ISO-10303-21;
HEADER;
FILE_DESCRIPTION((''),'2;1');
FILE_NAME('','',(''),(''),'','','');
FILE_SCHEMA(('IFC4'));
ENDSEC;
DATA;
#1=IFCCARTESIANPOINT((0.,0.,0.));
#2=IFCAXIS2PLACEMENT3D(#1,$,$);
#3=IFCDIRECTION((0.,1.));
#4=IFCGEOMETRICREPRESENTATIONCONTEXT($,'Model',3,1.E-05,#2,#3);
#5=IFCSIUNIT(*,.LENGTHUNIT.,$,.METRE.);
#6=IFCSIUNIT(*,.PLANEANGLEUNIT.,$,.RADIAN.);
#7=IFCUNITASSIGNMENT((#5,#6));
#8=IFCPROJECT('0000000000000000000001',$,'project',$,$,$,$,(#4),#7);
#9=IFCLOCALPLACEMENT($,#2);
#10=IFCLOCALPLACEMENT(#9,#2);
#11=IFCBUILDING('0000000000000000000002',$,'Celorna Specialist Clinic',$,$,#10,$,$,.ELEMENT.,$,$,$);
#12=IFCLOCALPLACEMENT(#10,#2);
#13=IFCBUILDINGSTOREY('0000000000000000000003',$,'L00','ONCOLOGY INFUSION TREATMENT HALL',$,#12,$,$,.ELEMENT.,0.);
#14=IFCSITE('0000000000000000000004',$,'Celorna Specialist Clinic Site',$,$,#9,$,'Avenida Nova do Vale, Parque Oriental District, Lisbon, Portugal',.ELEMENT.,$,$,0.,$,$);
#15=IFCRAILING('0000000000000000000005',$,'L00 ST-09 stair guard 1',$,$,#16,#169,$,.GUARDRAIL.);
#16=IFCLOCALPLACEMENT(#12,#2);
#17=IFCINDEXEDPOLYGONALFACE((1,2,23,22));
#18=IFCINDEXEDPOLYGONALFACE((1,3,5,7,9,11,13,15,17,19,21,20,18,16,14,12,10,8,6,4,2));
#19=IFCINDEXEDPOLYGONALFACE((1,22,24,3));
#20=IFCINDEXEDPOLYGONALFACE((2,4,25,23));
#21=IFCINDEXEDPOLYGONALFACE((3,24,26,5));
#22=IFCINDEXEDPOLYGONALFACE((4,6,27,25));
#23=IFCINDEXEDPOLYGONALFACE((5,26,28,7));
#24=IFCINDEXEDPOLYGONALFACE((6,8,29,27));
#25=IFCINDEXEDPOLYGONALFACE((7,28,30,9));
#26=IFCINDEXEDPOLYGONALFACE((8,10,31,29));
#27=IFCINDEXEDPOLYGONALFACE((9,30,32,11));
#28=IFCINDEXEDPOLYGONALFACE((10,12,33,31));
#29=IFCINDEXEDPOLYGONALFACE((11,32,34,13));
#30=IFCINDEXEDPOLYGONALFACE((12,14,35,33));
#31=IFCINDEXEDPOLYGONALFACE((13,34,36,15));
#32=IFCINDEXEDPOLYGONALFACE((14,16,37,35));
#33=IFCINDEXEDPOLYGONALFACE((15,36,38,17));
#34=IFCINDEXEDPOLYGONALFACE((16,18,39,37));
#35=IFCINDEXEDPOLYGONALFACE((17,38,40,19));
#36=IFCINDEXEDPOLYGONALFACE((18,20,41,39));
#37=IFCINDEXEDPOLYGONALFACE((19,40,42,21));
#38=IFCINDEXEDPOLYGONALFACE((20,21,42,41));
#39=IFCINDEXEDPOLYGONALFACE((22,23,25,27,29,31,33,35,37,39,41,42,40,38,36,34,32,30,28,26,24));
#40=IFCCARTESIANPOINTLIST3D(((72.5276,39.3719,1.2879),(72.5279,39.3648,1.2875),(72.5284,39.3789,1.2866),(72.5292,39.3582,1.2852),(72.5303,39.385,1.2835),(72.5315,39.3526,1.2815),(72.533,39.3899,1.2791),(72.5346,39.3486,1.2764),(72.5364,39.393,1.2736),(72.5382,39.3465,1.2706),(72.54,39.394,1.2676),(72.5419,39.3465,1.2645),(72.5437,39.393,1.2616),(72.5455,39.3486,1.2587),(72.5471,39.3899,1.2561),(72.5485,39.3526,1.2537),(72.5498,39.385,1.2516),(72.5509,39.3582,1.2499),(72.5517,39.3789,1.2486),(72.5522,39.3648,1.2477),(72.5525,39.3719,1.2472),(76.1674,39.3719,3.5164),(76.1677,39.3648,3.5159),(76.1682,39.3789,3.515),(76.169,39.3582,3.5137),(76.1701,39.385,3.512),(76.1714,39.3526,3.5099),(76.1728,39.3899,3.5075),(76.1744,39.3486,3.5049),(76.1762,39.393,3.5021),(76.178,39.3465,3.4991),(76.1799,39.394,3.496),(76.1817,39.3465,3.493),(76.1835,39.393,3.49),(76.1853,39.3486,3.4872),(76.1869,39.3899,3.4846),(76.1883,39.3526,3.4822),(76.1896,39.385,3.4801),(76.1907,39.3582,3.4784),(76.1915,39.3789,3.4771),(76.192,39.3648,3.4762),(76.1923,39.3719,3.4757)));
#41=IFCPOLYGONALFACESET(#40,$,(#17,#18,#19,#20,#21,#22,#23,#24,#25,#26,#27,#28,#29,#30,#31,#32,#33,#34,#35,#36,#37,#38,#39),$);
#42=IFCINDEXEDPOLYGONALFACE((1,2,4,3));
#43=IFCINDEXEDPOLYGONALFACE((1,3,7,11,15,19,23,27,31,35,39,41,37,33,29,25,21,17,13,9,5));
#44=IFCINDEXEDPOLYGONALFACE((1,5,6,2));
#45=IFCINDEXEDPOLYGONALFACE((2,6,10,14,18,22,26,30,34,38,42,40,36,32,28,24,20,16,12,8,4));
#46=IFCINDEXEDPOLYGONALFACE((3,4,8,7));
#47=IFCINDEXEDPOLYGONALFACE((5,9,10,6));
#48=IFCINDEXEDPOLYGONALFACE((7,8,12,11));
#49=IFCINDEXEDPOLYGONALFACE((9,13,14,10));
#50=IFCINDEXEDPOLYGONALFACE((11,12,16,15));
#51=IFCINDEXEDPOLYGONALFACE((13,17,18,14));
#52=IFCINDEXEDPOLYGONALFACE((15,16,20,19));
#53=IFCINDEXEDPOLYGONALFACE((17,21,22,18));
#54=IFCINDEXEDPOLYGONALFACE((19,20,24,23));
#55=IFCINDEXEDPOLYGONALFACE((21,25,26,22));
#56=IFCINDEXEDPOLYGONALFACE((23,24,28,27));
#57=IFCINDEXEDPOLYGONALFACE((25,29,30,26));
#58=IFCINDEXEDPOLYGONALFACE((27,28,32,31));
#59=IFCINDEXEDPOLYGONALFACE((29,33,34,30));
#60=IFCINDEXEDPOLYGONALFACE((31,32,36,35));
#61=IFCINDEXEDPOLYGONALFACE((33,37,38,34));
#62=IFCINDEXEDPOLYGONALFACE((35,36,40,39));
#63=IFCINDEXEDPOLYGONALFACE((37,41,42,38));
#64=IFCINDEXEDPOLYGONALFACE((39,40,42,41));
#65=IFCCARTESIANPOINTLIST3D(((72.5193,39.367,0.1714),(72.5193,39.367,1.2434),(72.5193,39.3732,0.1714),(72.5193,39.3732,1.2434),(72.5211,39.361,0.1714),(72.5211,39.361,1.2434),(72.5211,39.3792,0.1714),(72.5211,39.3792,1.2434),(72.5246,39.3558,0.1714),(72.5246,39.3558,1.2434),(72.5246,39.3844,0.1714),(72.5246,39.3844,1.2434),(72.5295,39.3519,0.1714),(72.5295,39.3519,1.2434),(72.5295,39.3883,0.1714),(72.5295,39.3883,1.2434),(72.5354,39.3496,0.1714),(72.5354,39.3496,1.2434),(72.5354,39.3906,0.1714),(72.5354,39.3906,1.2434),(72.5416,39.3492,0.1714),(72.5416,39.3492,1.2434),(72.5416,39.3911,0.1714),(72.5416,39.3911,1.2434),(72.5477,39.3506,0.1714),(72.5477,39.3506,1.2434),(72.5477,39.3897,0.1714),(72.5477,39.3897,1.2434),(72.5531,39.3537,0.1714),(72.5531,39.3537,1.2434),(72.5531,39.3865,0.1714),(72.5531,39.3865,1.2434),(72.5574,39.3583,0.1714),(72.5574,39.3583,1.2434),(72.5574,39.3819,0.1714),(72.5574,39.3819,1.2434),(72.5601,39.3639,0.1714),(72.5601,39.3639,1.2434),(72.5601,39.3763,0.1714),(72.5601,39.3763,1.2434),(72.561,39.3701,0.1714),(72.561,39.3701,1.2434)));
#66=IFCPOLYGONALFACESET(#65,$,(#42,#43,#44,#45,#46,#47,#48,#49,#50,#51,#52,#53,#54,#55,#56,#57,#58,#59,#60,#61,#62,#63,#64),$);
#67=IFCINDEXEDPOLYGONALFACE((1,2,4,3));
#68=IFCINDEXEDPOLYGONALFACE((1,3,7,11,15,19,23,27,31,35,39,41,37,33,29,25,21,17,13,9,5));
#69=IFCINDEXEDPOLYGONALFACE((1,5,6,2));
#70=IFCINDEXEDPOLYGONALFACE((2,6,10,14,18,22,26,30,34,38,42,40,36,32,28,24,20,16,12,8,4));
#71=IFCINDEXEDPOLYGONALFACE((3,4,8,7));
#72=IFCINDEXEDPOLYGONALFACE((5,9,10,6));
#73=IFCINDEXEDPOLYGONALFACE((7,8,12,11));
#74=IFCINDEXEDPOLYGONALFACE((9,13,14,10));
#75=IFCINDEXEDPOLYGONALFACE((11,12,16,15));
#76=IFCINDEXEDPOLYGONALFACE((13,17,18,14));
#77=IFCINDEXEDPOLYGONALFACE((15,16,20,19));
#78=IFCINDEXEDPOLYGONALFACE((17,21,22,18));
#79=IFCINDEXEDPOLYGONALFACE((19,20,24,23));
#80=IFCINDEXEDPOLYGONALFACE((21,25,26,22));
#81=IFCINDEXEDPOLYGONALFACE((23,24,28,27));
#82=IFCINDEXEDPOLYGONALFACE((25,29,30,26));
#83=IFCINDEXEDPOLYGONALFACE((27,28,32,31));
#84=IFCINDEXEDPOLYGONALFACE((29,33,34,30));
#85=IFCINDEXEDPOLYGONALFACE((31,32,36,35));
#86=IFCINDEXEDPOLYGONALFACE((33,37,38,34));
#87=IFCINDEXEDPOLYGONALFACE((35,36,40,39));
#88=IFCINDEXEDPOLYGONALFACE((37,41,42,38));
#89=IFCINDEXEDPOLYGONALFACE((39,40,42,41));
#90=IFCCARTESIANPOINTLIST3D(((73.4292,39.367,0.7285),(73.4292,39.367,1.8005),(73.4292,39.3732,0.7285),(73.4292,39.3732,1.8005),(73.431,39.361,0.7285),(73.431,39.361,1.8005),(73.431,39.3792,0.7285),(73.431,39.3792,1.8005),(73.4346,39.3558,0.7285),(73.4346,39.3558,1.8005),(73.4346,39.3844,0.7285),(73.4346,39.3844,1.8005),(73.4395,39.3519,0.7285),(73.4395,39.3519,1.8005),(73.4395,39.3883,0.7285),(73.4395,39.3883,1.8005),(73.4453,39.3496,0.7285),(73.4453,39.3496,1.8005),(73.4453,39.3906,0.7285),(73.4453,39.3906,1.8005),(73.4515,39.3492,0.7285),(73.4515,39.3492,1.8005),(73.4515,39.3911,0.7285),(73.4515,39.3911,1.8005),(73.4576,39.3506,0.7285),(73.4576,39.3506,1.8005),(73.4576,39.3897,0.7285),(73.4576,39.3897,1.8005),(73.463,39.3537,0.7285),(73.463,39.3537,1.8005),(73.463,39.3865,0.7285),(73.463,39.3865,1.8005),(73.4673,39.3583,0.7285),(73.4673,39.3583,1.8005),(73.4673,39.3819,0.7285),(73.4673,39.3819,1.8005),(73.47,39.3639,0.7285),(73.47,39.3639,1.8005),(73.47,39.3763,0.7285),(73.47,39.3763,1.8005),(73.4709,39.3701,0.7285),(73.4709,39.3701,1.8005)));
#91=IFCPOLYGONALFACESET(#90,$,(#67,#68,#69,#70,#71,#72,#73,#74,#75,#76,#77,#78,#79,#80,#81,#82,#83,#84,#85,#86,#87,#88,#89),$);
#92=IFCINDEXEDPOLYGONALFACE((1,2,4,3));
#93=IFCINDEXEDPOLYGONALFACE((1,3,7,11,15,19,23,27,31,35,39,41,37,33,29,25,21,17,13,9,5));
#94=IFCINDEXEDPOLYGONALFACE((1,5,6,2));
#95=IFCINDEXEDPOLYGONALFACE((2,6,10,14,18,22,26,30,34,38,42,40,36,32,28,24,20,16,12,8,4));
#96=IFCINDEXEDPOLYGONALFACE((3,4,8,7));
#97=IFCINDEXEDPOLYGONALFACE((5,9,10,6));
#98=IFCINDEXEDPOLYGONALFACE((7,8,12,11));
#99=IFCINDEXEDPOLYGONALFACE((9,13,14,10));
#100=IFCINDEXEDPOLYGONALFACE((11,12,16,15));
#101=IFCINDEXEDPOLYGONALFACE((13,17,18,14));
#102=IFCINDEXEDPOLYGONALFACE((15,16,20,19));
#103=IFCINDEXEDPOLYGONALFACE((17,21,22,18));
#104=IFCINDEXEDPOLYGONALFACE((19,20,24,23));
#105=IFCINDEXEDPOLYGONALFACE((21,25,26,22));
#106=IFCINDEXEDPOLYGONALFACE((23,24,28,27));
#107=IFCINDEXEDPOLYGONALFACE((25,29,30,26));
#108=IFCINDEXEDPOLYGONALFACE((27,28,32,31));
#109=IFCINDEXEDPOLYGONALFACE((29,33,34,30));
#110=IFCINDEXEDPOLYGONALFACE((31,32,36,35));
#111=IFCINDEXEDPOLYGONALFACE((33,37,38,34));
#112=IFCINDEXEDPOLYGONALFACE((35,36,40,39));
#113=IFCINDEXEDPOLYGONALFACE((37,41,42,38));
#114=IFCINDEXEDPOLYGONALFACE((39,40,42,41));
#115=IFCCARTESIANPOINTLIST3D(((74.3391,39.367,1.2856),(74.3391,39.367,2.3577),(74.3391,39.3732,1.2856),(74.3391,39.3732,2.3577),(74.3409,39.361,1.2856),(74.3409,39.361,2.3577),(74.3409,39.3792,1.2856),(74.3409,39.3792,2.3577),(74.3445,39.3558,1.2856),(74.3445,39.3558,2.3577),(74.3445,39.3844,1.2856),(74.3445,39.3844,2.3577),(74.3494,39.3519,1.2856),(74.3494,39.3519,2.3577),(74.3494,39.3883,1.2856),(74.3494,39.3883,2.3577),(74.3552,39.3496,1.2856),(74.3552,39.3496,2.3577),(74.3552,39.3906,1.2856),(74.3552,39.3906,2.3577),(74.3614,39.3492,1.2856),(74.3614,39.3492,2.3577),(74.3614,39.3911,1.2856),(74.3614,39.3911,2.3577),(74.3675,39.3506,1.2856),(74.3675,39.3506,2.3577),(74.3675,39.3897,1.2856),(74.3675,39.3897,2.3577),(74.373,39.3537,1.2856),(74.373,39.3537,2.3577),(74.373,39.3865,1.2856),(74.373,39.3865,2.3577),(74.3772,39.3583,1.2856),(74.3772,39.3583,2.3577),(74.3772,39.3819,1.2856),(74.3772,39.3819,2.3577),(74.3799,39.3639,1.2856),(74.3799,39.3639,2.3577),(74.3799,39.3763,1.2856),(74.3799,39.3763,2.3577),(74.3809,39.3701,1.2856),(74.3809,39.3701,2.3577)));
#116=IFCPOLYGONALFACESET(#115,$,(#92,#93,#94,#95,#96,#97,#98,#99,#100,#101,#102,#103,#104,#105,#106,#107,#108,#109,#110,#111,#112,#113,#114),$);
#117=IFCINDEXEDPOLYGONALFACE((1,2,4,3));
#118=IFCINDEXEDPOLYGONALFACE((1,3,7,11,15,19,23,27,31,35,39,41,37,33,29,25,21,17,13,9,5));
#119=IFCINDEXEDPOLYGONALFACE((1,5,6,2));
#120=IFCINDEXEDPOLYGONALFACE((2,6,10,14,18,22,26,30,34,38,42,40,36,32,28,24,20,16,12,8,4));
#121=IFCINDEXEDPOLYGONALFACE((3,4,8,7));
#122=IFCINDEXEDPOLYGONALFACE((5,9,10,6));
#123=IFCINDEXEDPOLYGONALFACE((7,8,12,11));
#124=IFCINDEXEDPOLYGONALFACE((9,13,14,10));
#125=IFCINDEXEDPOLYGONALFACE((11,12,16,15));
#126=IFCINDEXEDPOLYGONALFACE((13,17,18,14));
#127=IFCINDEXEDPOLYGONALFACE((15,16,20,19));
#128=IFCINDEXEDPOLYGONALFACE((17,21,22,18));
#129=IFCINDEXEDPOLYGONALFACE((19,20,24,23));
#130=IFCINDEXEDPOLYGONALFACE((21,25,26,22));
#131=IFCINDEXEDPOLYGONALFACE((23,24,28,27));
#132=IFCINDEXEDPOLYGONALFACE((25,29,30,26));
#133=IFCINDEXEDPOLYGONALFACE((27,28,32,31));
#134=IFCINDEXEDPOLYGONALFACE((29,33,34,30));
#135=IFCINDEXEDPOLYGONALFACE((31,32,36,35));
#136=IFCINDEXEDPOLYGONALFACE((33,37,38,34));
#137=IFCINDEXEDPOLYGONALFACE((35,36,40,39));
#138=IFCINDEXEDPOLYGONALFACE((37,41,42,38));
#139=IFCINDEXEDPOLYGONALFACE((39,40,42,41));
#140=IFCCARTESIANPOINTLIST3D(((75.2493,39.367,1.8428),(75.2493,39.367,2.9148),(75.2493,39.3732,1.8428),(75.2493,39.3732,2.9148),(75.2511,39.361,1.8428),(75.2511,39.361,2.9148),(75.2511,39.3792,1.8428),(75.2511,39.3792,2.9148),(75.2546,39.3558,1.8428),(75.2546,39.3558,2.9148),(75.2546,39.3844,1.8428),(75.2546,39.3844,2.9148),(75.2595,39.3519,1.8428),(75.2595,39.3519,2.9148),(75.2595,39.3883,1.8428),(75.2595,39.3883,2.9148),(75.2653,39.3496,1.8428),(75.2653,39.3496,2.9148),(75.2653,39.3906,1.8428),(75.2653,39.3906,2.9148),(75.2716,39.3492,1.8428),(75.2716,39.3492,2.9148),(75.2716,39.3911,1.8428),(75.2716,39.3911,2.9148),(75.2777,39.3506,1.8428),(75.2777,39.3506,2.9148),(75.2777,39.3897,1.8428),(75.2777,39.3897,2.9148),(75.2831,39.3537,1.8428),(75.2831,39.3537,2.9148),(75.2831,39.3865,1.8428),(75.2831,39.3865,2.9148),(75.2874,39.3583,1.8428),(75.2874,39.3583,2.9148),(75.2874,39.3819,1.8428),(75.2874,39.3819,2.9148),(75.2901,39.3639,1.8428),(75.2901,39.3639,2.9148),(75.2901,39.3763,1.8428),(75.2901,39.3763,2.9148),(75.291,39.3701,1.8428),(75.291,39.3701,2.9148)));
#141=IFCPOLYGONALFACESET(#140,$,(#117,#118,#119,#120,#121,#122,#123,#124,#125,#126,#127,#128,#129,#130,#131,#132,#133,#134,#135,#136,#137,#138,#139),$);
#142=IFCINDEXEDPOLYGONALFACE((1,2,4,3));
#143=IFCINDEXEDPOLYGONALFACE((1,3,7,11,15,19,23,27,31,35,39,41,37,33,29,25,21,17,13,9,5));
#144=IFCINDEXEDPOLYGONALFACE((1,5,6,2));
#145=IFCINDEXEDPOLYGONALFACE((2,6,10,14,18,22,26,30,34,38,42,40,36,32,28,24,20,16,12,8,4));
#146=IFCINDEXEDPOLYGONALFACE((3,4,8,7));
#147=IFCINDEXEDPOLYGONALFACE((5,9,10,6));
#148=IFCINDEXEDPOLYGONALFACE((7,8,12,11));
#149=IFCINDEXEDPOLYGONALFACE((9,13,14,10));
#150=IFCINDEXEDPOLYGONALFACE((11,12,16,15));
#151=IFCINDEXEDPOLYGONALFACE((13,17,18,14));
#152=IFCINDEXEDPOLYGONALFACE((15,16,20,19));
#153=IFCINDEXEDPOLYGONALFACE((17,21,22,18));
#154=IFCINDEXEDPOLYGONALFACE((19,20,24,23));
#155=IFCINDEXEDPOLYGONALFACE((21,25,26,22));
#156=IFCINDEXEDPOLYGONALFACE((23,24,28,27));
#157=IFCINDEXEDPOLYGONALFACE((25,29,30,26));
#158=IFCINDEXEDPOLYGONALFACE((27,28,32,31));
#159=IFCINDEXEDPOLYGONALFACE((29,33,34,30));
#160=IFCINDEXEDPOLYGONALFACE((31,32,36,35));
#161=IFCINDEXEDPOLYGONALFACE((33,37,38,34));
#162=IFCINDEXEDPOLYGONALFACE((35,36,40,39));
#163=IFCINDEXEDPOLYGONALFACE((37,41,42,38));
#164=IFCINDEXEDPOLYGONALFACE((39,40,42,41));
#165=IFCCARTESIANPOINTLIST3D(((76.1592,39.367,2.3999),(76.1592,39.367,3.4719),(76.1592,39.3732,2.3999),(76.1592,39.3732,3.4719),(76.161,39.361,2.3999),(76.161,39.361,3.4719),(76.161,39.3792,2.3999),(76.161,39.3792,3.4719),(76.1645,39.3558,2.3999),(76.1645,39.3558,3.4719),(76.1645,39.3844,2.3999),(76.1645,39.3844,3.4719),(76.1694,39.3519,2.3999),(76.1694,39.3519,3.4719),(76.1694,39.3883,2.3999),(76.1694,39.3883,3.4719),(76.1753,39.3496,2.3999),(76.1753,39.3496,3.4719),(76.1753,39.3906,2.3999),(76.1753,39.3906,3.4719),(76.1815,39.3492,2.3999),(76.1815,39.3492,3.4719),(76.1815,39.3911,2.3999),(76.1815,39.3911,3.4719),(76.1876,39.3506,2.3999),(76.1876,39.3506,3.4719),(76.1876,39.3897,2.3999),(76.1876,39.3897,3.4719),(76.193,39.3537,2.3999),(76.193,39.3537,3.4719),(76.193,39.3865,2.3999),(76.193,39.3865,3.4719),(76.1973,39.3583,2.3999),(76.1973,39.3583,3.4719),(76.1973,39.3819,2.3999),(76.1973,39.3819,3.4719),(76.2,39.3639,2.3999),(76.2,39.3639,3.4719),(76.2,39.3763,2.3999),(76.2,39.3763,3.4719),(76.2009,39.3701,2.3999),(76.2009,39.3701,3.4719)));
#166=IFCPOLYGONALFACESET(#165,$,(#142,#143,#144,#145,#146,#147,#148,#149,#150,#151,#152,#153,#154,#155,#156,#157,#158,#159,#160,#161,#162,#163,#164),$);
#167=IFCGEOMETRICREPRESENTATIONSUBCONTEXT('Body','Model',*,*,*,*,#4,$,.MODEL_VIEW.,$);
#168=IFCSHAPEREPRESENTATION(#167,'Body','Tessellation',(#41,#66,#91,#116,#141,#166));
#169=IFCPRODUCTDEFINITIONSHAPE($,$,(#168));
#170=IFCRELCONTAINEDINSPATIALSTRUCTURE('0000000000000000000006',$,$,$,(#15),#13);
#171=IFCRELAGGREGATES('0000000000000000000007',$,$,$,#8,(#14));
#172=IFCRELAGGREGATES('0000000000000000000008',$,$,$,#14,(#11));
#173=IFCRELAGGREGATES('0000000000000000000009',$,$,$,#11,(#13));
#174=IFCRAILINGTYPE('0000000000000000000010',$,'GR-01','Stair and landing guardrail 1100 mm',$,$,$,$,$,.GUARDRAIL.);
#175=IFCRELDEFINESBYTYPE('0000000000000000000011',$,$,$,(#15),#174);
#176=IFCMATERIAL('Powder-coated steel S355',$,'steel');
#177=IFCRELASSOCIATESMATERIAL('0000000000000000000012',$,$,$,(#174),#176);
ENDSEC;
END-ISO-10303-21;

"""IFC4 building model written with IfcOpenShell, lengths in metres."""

from ifc_helpers import new_model, si_unit, direction, frame, origin, origin_2d, place, context, subcontext, project, spatial, circle, extrude, material, type_object, element, save


model = new_model("IFC4")

# Units and contexts
model_context = context("Model", 3, precision=1e-05, world=origin(), true_north=direction((0.0, 1.0)))
body_context = subcontext(model_context, "Body", "Model", "MODEL_VIEW")
ifc_project = project(units=[si_unit("LENGTHUNIT", "METRE"), si_unit("PLANEANGLEUNIT", "RADIAN")], contexts=[model_context])

# Site, building, storey
site_placement = place(None, origin())
site = spatial("IfcSite", under=ifc_project, at=site_placement, Name="Celorna Specialist Clinic Site", LongName="Avenida Nova do Vale, Parque Oriental District, Lisbon, Portugal", CompositionType="ELEMENT", RefElevation=0.0)
building_placement = place(site_placement, origin())
building = spatial("IfcBuilding", under=site, at=building_placement, Name="Celorna Specialist Clinic", CompositionType="ELEMENT")
storey_placement = place(building_placement, origin())
storey = spatial("IfcBuildingStorey", under=building, at=storey_placement, Name="L00", Description="ONCOLOGY INFUSION TREATMENT HALL", CompositionType="ELEMENT", Elevation=0.0)

# Railing
ifc_material_1 = material(Name="Powder-coated steel S355", Category="steel")
railing_type_1 = type_object("IfcRailingType", Name="GR-01", Description="Stair and landing guardrail 1100 mm", PredefinedType="GUARDRAIL", material=ifc_material_1)
railing_1_placement = place(storey_placement, frame((72.54, 39.3701, 0.1714)))
element("IfcRailing", 1, at=railing_1_placement, inside=storey, type_object=railing_type_1, Name="L00 ST-09 stair guard 1", PredefinedType="GUARDRAIL", context=body_context, shape_type="SweptSolid", body=[
    extrude(circle(Radius=0.0239, at=origin_2d()), frame((0.0, 0.0, 1.0962), z_axis=(0.85285, 0.0, 0.522156), x_axis=(0.0, 1.0, 0.0)), (0.0, 0.0, 1.0), 4.2678),
    extrude(circle(Radius=0.021, at=origin_2d()), origin(), (0.0, 0.0, 1.0), 1.072),
    extrude(circle(Radius=0.021, at=origin_2d()), frame((0.9099, 0.0, 0.5571)), (0.0, 0.0, 1.0), 1.072),
    extrude(circle(Radius=0.021, at=origin_2d()), frame((1.8198, 0.0, 1.1143)), (0.0, 0.0, 1.0), 1.072),
    extrude(circle(Radius=0.021, at=origin_2d()), frame((2.73, 0.0, 1.6714)), (0.0, 0.0, 1.0), 1.072),
    extrude(circle(Radius=0.021, at=origin_2d()), frame((3.6399, 0.0, 2.2285)), (0.0, 0.0, 1.0), 1.072),
])

save(model, "model.ifc")
